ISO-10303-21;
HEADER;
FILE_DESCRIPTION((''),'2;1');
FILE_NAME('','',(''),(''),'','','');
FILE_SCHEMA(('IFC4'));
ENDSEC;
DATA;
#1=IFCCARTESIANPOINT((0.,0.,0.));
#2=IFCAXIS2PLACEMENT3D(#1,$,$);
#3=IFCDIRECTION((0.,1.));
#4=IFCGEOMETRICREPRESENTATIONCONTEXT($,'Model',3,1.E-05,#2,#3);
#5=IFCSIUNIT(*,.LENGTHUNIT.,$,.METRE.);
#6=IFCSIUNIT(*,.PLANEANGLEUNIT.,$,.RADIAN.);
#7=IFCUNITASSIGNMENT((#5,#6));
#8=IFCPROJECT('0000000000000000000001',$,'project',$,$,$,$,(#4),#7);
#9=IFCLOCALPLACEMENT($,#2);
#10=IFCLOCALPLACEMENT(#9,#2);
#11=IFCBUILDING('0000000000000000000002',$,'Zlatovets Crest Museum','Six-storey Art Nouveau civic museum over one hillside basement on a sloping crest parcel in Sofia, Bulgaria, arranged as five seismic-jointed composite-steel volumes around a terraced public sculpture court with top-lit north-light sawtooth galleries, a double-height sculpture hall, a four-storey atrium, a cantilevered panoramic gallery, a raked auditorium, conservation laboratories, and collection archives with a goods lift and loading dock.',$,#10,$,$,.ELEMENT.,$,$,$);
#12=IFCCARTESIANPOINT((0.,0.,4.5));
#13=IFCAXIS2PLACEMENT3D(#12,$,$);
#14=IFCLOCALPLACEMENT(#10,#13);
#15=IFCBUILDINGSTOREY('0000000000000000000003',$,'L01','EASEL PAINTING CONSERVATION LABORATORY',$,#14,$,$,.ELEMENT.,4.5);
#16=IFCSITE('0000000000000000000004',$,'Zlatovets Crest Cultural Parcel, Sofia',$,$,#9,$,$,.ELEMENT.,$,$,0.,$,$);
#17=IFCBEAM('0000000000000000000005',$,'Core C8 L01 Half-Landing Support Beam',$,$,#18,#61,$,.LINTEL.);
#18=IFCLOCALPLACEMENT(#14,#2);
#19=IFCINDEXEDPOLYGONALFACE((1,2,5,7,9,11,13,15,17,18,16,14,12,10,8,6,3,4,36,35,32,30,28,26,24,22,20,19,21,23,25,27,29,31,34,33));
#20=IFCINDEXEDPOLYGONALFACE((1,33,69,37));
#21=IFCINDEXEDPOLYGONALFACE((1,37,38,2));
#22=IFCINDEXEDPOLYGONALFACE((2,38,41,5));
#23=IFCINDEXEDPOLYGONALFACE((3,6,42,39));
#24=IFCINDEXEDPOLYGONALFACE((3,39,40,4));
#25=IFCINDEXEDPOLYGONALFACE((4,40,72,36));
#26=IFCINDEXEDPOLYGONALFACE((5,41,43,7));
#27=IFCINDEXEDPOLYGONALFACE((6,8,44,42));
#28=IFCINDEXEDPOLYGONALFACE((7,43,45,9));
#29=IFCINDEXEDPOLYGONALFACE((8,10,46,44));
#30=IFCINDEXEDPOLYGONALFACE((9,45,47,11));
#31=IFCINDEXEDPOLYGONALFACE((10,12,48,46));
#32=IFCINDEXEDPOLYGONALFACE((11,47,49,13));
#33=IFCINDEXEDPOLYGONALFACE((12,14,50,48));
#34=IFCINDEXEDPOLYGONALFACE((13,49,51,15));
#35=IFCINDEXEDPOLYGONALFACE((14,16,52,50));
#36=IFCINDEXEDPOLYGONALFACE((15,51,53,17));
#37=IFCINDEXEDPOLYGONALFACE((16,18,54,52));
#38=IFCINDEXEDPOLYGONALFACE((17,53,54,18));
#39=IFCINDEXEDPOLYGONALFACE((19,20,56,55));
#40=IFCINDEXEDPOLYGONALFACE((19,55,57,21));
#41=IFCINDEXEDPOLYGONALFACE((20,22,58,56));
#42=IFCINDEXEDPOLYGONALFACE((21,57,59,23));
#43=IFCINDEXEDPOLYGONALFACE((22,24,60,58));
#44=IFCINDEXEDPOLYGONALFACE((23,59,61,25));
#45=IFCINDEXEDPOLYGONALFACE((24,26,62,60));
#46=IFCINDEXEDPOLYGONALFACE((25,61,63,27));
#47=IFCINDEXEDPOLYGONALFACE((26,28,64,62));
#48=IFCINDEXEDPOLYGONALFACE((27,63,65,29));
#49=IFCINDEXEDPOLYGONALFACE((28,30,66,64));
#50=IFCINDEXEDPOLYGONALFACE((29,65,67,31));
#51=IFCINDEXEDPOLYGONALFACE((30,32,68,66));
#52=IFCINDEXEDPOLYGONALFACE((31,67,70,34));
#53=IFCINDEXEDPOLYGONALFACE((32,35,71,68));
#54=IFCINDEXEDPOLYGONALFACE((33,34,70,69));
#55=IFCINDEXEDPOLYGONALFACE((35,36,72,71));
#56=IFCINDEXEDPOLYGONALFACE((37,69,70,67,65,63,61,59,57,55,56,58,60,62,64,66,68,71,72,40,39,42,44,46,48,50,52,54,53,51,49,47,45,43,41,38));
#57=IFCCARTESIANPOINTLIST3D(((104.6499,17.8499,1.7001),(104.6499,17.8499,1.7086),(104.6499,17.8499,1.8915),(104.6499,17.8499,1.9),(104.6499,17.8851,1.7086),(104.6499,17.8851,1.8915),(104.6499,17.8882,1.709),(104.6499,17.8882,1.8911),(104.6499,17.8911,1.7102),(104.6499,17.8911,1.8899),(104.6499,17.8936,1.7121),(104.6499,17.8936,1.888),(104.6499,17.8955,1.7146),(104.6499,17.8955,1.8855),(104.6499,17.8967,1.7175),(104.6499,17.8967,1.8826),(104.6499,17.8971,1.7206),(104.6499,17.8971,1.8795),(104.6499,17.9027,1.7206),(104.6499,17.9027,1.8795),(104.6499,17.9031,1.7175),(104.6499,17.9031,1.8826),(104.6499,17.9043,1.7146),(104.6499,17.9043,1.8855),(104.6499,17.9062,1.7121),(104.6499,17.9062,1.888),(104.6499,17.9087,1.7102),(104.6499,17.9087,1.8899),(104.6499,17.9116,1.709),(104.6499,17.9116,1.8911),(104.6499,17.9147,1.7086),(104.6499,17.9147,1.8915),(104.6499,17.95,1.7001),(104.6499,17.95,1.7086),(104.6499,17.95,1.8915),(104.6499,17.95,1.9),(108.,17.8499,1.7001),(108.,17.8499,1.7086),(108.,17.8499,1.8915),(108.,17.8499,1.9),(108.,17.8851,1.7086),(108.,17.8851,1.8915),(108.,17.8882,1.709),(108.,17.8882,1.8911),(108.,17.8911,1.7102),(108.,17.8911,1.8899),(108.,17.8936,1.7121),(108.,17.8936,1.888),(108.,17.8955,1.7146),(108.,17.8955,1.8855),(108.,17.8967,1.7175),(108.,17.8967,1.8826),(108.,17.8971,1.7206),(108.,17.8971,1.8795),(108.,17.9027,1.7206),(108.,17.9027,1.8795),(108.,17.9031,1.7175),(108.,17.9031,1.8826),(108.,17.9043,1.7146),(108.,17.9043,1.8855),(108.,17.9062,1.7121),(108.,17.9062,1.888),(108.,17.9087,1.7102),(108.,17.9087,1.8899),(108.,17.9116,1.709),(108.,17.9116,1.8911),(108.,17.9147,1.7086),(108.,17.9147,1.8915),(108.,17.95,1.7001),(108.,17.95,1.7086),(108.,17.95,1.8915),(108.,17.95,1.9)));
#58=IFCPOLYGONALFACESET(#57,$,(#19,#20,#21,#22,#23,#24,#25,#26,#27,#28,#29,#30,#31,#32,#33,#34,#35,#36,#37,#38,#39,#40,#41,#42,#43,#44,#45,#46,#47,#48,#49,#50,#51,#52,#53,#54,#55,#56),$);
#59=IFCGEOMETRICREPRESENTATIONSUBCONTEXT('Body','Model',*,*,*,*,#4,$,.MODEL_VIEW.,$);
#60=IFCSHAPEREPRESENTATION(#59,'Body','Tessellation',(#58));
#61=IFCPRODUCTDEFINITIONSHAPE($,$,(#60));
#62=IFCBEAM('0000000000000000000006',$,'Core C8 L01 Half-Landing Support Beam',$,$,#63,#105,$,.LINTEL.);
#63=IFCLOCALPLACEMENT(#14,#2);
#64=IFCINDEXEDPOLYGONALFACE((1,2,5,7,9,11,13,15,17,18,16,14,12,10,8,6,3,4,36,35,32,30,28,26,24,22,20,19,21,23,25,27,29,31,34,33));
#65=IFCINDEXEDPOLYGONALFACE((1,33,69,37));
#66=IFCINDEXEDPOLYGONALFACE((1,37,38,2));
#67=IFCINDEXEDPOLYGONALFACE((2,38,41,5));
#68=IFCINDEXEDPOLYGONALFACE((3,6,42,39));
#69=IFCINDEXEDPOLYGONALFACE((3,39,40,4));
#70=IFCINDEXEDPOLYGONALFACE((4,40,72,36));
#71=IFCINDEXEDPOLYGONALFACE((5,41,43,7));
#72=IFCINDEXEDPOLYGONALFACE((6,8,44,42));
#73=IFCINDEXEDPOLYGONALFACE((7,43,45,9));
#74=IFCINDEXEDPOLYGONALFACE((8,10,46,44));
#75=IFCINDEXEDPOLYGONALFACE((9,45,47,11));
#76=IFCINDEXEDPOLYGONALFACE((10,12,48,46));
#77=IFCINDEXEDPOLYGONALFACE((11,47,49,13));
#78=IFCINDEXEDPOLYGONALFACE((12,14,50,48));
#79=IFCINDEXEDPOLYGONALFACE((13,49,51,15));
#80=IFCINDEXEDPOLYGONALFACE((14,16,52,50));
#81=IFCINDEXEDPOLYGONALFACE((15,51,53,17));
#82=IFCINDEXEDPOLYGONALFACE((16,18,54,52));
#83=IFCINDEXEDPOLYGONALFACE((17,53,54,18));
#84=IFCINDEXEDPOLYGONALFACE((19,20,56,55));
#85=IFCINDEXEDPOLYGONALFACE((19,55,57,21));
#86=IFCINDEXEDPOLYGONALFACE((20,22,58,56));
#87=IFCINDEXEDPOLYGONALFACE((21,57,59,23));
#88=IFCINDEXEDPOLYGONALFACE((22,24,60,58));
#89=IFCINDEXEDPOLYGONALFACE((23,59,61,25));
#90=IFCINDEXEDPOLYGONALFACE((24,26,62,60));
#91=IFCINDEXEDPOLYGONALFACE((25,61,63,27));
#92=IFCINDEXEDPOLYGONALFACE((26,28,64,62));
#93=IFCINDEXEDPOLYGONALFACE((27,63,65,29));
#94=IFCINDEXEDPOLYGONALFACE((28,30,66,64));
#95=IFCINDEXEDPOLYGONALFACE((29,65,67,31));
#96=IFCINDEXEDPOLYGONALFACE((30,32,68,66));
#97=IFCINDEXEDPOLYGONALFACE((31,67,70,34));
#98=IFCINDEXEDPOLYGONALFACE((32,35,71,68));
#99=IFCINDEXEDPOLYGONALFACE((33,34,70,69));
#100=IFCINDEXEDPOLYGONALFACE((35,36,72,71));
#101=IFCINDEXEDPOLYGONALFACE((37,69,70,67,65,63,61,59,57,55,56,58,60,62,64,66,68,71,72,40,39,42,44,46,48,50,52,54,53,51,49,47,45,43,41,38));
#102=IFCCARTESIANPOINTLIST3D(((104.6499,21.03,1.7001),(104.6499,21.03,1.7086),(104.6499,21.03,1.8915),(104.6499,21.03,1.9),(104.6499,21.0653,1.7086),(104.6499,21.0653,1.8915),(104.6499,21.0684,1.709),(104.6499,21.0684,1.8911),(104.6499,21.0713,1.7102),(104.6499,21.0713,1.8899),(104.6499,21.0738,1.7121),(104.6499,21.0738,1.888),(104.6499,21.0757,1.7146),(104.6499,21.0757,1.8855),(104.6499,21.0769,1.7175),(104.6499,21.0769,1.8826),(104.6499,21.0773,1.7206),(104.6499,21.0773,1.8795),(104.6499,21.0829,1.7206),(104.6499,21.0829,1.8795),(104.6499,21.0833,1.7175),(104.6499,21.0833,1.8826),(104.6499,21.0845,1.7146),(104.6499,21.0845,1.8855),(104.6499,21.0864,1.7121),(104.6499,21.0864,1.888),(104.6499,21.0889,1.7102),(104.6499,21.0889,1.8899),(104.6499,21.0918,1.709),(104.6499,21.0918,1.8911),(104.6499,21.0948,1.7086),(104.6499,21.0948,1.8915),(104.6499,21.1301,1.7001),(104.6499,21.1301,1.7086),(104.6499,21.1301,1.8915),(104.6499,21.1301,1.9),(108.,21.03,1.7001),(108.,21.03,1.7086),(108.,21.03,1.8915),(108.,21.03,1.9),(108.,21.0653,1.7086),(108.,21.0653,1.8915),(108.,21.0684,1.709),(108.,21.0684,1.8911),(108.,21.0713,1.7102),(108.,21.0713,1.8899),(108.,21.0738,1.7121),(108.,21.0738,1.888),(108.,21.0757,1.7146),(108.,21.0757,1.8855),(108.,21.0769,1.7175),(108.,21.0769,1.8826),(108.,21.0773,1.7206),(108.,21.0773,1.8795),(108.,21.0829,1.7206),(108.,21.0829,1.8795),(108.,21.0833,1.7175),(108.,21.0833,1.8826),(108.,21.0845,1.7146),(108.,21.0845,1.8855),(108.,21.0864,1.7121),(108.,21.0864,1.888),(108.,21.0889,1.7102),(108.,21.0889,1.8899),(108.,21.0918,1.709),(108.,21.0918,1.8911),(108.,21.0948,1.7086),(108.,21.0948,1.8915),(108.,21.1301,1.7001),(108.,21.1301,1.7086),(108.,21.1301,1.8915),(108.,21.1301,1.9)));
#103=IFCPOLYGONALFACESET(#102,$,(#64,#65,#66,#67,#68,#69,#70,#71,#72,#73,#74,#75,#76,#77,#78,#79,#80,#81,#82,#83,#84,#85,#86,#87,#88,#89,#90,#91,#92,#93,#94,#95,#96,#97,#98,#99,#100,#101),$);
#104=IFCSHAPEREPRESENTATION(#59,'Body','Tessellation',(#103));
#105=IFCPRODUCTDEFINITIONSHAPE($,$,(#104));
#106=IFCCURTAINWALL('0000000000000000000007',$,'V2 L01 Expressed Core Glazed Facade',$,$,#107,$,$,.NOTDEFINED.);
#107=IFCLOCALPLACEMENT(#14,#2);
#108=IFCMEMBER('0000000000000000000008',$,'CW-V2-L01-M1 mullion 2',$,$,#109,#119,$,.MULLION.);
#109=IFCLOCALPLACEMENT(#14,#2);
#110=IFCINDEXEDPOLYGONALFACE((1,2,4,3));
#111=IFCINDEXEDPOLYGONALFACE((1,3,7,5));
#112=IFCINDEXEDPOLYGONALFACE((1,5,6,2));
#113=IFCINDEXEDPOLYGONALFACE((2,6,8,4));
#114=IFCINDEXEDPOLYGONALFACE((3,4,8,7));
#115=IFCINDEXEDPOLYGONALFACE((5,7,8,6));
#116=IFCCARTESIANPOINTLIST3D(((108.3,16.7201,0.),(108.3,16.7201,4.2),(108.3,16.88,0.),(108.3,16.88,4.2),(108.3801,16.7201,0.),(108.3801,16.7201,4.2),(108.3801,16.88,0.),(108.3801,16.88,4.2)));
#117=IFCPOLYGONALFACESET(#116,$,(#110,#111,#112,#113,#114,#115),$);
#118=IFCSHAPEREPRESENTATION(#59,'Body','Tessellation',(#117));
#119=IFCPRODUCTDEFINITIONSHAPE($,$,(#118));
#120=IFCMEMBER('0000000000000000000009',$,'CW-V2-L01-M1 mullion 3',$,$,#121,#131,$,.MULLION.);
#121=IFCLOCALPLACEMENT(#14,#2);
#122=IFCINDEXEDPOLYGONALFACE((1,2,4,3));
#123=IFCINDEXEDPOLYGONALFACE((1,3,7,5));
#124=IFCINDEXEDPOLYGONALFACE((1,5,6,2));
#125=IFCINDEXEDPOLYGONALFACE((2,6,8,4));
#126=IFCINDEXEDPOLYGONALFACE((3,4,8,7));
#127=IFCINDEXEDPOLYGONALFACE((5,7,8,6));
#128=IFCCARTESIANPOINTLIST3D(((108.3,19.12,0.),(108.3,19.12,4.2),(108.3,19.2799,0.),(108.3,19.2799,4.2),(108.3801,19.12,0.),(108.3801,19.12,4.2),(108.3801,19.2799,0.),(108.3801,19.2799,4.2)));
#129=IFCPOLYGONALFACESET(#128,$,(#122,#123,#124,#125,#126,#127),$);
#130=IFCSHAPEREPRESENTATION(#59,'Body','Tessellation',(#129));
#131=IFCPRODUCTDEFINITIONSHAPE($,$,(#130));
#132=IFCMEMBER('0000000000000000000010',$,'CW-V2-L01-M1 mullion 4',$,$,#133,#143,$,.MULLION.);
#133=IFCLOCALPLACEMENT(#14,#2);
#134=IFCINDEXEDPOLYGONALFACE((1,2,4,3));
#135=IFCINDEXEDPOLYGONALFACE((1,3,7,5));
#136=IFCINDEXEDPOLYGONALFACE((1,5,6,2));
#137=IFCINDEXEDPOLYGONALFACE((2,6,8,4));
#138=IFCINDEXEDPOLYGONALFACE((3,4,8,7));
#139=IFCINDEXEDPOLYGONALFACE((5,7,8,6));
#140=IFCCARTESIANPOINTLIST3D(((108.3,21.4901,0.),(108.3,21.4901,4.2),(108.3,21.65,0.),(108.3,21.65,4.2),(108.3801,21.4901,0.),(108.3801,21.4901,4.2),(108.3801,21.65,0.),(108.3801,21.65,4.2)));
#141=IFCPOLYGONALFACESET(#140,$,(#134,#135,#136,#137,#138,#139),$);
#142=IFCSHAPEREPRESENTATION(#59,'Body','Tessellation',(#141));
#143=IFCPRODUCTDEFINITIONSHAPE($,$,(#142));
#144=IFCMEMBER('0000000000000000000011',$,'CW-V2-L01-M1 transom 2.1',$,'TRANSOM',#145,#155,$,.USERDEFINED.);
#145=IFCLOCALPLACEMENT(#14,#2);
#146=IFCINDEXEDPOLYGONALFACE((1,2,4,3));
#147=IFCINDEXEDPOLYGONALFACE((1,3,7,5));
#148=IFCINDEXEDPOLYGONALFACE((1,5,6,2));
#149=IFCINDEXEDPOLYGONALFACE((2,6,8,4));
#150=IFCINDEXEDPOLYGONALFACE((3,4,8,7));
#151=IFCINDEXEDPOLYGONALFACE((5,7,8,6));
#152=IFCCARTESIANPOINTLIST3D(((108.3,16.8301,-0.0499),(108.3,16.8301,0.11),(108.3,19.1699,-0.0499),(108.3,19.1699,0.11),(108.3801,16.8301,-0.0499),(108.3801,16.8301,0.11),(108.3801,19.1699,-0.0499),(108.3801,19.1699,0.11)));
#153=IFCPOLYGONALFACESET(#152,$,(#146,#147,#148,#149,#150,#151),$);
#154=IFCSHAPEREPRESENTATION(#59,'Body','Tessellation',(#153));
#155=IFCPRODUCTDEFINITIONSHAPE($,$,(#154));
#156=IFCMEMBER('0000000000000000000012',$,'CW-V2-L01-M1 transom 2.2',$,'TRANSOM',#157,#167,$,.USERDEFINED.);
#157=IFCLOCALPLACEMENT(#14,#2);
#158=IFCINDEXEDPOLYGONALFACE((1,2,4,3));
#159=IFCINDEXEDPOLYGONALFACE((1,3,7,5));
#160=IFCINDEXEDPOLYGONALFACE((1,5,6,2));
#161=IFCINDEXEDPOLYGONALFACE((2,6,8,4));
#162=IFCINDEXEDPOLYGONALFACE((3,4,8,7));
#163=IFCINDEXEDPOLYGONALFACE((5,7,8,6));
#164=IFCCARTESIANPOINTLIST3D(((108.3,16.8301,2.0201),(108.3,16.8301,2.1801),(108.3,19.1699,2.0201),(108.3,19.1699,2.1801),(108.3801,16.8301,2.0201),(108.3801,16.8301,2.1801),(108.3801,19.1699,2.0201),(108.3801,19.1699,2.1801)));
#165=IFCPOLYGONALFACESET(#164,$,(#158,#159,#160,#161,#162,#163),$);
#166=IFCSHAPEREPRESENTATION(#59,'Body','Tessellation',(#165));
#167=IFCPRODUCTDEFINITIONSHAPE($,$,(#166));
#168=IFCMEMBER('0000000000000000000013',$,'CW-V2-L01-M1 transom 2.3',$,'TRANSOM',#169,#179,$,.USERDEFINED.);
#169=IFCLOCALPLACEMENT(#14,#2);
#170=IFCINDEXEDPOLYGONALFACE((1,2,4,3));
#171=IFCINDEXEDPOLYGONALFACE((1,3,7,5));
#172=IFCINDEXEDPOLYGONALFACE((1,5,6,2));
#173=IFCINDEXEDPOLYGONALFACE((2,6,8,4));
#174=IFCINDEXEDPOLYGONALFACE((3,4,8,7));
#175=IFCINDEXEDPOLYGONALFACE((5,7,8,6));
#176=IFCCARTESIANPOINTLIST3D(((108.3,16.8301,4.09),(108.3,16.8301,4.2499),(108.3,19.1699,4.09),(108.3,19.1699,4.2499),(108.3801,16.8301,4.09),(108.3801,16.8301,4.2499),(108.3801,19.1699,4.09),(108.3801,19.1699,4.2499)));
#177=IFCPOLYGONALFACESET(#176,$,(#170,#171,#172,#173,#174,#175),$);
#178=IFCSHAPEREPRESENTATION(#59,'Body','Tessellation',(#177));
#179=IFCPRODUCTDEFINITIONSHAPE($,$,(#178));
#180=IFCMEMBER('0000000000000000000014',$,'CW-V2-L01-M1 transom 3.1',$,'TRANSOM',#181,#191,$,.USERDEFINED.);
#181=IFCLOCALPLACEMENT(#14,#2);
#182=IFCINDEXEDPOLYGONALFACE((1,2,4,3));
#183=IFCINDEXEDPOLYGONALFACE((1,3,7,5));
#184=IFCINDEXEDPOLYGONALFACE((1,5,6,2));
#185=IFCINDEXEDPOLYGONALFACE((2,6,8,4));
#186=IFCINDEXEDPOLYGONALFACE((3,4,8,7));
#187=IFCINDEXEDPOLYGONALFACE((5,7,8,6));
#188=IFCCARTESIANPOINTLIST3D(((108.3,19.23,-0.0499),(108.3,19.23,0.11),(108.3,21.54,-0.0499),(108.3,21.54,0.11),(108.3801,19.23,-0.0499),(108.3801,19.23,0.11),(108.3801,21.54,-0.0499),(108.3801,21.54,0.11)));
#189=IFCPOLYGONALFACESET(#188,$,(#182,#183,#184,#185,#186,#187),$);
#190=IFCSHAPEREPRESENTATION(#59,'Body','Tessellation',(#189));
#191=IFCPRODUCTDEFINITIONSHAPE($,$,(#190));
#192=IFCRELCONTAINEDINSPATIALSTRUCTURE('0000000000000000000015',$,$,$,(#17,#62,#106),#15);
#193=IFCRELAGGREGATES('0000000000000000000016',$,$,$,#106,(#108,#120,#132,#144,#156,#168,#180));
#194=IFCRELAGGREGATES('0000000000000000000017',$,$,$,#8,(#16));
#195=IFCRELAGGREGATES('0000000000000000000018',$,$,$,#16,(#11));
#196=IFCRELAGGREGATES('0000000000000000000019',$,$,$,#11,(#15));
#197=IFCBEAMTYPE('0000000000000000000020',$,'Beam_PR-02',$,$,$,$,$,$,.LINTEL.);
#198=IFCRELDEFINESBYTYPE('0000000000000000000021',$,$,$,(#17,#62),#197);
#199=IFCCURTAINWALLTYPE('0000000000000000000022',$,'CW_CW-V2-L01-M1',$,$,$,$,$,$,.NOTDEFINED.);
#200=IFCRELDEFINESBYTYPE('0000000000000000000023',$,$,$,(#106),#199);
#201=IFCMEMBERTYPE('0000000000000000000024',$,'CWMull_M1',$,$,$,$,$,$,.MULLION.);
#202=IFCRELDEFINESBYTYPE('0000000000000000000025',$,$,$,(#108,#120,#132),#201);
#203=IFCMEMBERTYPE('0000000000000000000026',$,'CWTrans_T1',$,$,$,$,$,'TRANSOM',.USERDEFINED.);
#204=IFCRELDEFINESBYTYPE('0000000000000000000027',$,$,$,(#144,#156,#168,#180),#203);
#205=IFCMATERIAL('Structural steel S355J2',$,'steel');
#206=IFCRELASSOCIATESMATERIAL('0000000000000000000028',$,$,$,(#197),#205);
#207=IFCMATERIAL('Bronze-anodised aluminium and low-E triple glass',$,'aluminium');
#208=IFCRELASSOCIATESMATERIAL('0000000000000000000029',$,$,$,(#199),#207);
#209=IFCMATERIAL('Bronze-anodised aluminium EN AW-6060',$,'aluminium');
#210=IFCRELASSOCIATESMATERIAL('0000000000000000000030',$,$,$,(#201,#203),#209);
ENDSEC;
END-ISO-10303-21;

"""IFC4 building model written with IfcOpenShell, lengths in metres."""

from ifc_helpers import new_model, si_unit, direction, frame, origin, origin_2d, place, context, subcontext, project, spatial, rectangle, i_section, extrude, material, material_profile, profile_set, type_object, element, aggregate, save


model = new_model("IFC4")

# Units and contexts
model_context = context("Model", 3, precision=1e-05, world=origin(), true_north=direction((0.0, 1.0)))
body_context = subcontext(model_context, "Body", "Model", "MODEL_VIEW")
ifc_project = project(units=[si_unit("LENGTHUNIT", "METRE"), si_unit("PLANEANGLEUNIT", "RADIAN")], contexts=[model_context])

# Site, building, storey
site_placement = place(None, origin())
site = spatial("IfcSite", under=ifc_project, at=site_placement, Name="Zlatovets Crest Cultural Parcel, Sofia", CompositionType="ELEMENT", RefElevation=0.0)
building_placement = place(site_placement, origin())
building = spatial("IfcBuilding", under=site, at=building_placement, Name="Zlatovets Crest Museum", Description="Six-storey Art Nouveau civic museum over one hillside basement on a sloping crest parcel in Sofia, Bulgaria, arranged as five seismic-jointed composite-steel volumes around a terraced public sculpture court with top-lit north-light sawtooth galleries, a double-height sculpture hall, a four-storey atrium, a cantilevered panoramic gallery, a raked auditorium, conservation laboratories, and collection archives with a goods lift and loading dock.", CompositionType="ELEMENT")
storey_placement = place(building_placement, frame((0.0, 0.0, 4.5)))
storey = spatial("IfcBuildingStorey", under=building, at=storey_placement, Name="L01", Description="EASEL PAINTING CONSERVATION LABORATORY", CompositionType="ELEMENT", Elevation=4.5)

# Beams
ifc_material_1 = material(Name="Structural steel S355J2", Category="steel")
ifc_material_profile_1 = material_profile(ifc_material_1, i_section(OverallWidth=0.1001, OverallDepth=0.2, WebThickness=0.0056, FlangeThickness=0.0085, FilletRadius=0.012, at=origin_2d()), Name="IPE 200")
ifc_profile_set_1 = profile_set([ifc_material_profile_1], Name="Structural steel S355J2")
beam_type = type_object("IfcBeamType", Name="Beam_PR-02", PredefinedType="LINTEL", material=ifc_profile_set_1)
for number, where, z_axis, x_axis, name in (
    (1, (104.6499, 17.8999, 1.8), (1.0, 0.0, 0.0), (0.0, 1.0, 0.0), "Core C8 L01 Half-Landing Support Beam"),
    (2, (104.6499, 21.0801, 1.8), (1.0, 0.0, 0.0), (0.0, 1.0, 0.0), "Core C8 L01 Half-Landing Support Beam"),
):
    element("IfcBeam", number, at=place(storey_placement, frame(where, z_axis=z_axis, x_axis=x_axis)), inside=storey, type_object=beam_type, Name=name, PredefinedType="LINTEL", context=body_context, shape_type="SweptSolid", body=[
        extrude(i_section(OverallWidth=0.1001, OverallDepth=0.2, WebThickness=0.0056, FlangeThickness=0.0085, FilletRadius=0.012, at=origin_2d()), origin(), (0.0, 0.0, 1.0), 3.3501),
    ])

# Curtain wall, members
ifc_material_2 = material(Name="Bronze-anodised aluminium and low-E triple glass", Category="aluminium")
curtain_wall_type = type_object("IfcCurtainWallType", Name="CW_CW-V2-L01-M1", PredefinedType="NOTDEFINED", material=ifc_material_2)
curtain_wall_placement = place(storey_placement, origin())
curtain_wall = element("IfcCurtainWall", 3, at=curtain_wall_placement, inside=storey, type_object=curtain_wall_type, Name="V2 L01 Expressed Core Glazed Facade", PredefinedType="NOTDEFINED")
ifc_material_3 = material(Name="Bronze-anodised aluminium EN AW-6060", Category="aluminium")
ifc_material_profile_2 = material_profile(ifc_material_3, rectangle(XDim=0.0801, YDim=0.1599, at=origin_2d()), Name="ALU 80x160")
ifc_profile_set_2 = profile_set([ifc_material_profile_2], Name="Bronze-anodised aluminium EN AW-6060")
member_type_1 = type_object("IfcMemberType", Name="CWMull_M1", PredefinedType="MULLION", material=ifc_profile_set_2)
member_1_placement = place(storey_placement, frame((108.3401, 16.8, 0.0), z_axis=(0.0, 0.0, 1.0), x_axis=(-1.0, 0.0, 0.0)))
member_1 = element("IfcMember", 4, at=member_1_placement, type_object=member_type_1, Name="CW-V2-L01-M1 mullion 2", PredefinedType="MULLION", context=body_context, shape_type="SweptSolid", body=[
    extrude(rectangle(XDim=0.0801, YDim=0.1599, at=origin_2d()), origin(), (0.0, 0.0, 1.0), 4.2),
])
member_2_placement = place(storey_placement, frame((108.3401, 19.2, 0.0), z_axis=(0.0, 0.0, 1.0), x_axis=(-1.0, 0.0, 0.0)))
member_2 = element("IfcMember", 5, at=member_2_placement, type_object=member_type_1, Name="CW-V2-L01-M1 mullion 3", PredefinedType="MULLION", context=body_context, shape_type="SweptSolid", body=[
    extrude(rectangle(XDim=0.0801, YDim=0.1599, at=origin_2d()), origin(), (0.0, 0.0, 1.0), 4.2),
])
member_3_placement = place(storey_placement, frame((108.3401, 21.5701, 0.0), z_axis=(0.0, 0.0, 1.0), x_axis=(-1.0, 0.0, 0.0)))
member_3 = element("IfcMember", 6, at=member_3_placement, type_object=member_type_1, Name="CW-V2-L01-M1 mullion 4", PredefinedType="MULLION", context=body_context, shape_type="SweptSolid", body=[
    extrude(rectangle(XDim=0.0801, YDim=0.1599, at=origin_2d()), origin(), (0.0, 0.0, 1.0), 4.2),
])
ifc_material_profile_3 = material_profile(ifc_material_3, rectangle(XDim=0.0801, YDim=0.1599, at=origin_2d()), Name="ALU 80x160")
ifc_profile_set_3 = profile_set([ifc_material_profile_3], Name="Bronze-anodised aluminium EN AW-6060")
member_type_2 = type_object("IfcMemberType", Name="CWTrans_T1", ElementType="TRANSOM", PredefinedType="USERDEFINED", material=ifc_profile_set_3)
member_4_placement = place(storey_placement, frame((108.3401, 16.8301, 0.03), z_axis=(0.0, 1.0, 0.0), x_axis=(-1.0, 0.0, 0.0)))
member_4 = element("IfcMember", 7, at=member_4_placement, type_object=member_type_2, Name="CW-V2-L01-M1 transom 2.1", ObjectType="TRANSOM", PredefinedType="USERDEFINED", context=body_context, shape_type="SweptSolid", body=[
    extrude(rectangle(XDim=0.0801, YDim=0.1599, at=origin_2d()), origin(), (0.0, 0.0, 1.0), 2.3398),
])
member_5_placement = place(storey_placement, frame((108.3401, 16.8301, 2.1001), z_axis=(0.0, 1.0, 0.0), x_axis=(-1.0, 0.0, 0.0)))
member_5 = element("IfcMember", 8, at=member_5_placement, type_object=member_type_2, Name="CW-V2-L01-M1 transom 2.2", ObjectType="TRANSOM", PredefinedType="USERDEFINED", context=body_context, shape_type="SweptSolid", body=[
    extrude(rectangle(XDim=0.0801, YDim=0.1599, at=origin_2d()), origin(), (0.0, 0.0, 1.0), 2.3398),
])
member_6_placement = place(storey_placement, frame((108.3401, 16.8301, 4.1699), z_axis=(0.0, 1.0, 0.0), x_axis=(-1.0, 0.0, 0.0)))
member_6 = element("IfcMember", 9, at=member_6_placement, type_object=member_type_2, Name="CW-V2-L01-M1 transom 2.3", ObjectType="TRANSOM", PredefinedType="USERDEFINED", context=body_context, shape_type="SweptSolid", body=[
    extrude(rectangle(XDim=0.0801, YDim=0.1599, at=origin_2d()), origin(), (0.0, 0.0, 1.0), 2.3398),
])
member_7_placement = place(storey_placement, frame((108.3401, 19.23, 0.03), z_axis=(0.0, 1.0, 0.0), x_axis=(-1.0, 0.0, 0.0)))
member_7 = element("IfcMember", 10, at=member_7_placement, type_object=member_type_2, Name="CW-V2-L01-M1 transom 3.1", ObjectType="TRANSOM", PredefinedType="USERDEFINED", context=body_context, shape_type="SweptSolid", body=[
    extrude(rectangle(XDim=0.0801, YDim=0.1599, at=origin_2d()), origin(), (0.0, 0.0, 1.0), 2.3101),
])

aggregate(curtain_wall, [member_1, member_2, member_3, member_4, member_5, member_6, member_7])

save(model, "model.ifc")
